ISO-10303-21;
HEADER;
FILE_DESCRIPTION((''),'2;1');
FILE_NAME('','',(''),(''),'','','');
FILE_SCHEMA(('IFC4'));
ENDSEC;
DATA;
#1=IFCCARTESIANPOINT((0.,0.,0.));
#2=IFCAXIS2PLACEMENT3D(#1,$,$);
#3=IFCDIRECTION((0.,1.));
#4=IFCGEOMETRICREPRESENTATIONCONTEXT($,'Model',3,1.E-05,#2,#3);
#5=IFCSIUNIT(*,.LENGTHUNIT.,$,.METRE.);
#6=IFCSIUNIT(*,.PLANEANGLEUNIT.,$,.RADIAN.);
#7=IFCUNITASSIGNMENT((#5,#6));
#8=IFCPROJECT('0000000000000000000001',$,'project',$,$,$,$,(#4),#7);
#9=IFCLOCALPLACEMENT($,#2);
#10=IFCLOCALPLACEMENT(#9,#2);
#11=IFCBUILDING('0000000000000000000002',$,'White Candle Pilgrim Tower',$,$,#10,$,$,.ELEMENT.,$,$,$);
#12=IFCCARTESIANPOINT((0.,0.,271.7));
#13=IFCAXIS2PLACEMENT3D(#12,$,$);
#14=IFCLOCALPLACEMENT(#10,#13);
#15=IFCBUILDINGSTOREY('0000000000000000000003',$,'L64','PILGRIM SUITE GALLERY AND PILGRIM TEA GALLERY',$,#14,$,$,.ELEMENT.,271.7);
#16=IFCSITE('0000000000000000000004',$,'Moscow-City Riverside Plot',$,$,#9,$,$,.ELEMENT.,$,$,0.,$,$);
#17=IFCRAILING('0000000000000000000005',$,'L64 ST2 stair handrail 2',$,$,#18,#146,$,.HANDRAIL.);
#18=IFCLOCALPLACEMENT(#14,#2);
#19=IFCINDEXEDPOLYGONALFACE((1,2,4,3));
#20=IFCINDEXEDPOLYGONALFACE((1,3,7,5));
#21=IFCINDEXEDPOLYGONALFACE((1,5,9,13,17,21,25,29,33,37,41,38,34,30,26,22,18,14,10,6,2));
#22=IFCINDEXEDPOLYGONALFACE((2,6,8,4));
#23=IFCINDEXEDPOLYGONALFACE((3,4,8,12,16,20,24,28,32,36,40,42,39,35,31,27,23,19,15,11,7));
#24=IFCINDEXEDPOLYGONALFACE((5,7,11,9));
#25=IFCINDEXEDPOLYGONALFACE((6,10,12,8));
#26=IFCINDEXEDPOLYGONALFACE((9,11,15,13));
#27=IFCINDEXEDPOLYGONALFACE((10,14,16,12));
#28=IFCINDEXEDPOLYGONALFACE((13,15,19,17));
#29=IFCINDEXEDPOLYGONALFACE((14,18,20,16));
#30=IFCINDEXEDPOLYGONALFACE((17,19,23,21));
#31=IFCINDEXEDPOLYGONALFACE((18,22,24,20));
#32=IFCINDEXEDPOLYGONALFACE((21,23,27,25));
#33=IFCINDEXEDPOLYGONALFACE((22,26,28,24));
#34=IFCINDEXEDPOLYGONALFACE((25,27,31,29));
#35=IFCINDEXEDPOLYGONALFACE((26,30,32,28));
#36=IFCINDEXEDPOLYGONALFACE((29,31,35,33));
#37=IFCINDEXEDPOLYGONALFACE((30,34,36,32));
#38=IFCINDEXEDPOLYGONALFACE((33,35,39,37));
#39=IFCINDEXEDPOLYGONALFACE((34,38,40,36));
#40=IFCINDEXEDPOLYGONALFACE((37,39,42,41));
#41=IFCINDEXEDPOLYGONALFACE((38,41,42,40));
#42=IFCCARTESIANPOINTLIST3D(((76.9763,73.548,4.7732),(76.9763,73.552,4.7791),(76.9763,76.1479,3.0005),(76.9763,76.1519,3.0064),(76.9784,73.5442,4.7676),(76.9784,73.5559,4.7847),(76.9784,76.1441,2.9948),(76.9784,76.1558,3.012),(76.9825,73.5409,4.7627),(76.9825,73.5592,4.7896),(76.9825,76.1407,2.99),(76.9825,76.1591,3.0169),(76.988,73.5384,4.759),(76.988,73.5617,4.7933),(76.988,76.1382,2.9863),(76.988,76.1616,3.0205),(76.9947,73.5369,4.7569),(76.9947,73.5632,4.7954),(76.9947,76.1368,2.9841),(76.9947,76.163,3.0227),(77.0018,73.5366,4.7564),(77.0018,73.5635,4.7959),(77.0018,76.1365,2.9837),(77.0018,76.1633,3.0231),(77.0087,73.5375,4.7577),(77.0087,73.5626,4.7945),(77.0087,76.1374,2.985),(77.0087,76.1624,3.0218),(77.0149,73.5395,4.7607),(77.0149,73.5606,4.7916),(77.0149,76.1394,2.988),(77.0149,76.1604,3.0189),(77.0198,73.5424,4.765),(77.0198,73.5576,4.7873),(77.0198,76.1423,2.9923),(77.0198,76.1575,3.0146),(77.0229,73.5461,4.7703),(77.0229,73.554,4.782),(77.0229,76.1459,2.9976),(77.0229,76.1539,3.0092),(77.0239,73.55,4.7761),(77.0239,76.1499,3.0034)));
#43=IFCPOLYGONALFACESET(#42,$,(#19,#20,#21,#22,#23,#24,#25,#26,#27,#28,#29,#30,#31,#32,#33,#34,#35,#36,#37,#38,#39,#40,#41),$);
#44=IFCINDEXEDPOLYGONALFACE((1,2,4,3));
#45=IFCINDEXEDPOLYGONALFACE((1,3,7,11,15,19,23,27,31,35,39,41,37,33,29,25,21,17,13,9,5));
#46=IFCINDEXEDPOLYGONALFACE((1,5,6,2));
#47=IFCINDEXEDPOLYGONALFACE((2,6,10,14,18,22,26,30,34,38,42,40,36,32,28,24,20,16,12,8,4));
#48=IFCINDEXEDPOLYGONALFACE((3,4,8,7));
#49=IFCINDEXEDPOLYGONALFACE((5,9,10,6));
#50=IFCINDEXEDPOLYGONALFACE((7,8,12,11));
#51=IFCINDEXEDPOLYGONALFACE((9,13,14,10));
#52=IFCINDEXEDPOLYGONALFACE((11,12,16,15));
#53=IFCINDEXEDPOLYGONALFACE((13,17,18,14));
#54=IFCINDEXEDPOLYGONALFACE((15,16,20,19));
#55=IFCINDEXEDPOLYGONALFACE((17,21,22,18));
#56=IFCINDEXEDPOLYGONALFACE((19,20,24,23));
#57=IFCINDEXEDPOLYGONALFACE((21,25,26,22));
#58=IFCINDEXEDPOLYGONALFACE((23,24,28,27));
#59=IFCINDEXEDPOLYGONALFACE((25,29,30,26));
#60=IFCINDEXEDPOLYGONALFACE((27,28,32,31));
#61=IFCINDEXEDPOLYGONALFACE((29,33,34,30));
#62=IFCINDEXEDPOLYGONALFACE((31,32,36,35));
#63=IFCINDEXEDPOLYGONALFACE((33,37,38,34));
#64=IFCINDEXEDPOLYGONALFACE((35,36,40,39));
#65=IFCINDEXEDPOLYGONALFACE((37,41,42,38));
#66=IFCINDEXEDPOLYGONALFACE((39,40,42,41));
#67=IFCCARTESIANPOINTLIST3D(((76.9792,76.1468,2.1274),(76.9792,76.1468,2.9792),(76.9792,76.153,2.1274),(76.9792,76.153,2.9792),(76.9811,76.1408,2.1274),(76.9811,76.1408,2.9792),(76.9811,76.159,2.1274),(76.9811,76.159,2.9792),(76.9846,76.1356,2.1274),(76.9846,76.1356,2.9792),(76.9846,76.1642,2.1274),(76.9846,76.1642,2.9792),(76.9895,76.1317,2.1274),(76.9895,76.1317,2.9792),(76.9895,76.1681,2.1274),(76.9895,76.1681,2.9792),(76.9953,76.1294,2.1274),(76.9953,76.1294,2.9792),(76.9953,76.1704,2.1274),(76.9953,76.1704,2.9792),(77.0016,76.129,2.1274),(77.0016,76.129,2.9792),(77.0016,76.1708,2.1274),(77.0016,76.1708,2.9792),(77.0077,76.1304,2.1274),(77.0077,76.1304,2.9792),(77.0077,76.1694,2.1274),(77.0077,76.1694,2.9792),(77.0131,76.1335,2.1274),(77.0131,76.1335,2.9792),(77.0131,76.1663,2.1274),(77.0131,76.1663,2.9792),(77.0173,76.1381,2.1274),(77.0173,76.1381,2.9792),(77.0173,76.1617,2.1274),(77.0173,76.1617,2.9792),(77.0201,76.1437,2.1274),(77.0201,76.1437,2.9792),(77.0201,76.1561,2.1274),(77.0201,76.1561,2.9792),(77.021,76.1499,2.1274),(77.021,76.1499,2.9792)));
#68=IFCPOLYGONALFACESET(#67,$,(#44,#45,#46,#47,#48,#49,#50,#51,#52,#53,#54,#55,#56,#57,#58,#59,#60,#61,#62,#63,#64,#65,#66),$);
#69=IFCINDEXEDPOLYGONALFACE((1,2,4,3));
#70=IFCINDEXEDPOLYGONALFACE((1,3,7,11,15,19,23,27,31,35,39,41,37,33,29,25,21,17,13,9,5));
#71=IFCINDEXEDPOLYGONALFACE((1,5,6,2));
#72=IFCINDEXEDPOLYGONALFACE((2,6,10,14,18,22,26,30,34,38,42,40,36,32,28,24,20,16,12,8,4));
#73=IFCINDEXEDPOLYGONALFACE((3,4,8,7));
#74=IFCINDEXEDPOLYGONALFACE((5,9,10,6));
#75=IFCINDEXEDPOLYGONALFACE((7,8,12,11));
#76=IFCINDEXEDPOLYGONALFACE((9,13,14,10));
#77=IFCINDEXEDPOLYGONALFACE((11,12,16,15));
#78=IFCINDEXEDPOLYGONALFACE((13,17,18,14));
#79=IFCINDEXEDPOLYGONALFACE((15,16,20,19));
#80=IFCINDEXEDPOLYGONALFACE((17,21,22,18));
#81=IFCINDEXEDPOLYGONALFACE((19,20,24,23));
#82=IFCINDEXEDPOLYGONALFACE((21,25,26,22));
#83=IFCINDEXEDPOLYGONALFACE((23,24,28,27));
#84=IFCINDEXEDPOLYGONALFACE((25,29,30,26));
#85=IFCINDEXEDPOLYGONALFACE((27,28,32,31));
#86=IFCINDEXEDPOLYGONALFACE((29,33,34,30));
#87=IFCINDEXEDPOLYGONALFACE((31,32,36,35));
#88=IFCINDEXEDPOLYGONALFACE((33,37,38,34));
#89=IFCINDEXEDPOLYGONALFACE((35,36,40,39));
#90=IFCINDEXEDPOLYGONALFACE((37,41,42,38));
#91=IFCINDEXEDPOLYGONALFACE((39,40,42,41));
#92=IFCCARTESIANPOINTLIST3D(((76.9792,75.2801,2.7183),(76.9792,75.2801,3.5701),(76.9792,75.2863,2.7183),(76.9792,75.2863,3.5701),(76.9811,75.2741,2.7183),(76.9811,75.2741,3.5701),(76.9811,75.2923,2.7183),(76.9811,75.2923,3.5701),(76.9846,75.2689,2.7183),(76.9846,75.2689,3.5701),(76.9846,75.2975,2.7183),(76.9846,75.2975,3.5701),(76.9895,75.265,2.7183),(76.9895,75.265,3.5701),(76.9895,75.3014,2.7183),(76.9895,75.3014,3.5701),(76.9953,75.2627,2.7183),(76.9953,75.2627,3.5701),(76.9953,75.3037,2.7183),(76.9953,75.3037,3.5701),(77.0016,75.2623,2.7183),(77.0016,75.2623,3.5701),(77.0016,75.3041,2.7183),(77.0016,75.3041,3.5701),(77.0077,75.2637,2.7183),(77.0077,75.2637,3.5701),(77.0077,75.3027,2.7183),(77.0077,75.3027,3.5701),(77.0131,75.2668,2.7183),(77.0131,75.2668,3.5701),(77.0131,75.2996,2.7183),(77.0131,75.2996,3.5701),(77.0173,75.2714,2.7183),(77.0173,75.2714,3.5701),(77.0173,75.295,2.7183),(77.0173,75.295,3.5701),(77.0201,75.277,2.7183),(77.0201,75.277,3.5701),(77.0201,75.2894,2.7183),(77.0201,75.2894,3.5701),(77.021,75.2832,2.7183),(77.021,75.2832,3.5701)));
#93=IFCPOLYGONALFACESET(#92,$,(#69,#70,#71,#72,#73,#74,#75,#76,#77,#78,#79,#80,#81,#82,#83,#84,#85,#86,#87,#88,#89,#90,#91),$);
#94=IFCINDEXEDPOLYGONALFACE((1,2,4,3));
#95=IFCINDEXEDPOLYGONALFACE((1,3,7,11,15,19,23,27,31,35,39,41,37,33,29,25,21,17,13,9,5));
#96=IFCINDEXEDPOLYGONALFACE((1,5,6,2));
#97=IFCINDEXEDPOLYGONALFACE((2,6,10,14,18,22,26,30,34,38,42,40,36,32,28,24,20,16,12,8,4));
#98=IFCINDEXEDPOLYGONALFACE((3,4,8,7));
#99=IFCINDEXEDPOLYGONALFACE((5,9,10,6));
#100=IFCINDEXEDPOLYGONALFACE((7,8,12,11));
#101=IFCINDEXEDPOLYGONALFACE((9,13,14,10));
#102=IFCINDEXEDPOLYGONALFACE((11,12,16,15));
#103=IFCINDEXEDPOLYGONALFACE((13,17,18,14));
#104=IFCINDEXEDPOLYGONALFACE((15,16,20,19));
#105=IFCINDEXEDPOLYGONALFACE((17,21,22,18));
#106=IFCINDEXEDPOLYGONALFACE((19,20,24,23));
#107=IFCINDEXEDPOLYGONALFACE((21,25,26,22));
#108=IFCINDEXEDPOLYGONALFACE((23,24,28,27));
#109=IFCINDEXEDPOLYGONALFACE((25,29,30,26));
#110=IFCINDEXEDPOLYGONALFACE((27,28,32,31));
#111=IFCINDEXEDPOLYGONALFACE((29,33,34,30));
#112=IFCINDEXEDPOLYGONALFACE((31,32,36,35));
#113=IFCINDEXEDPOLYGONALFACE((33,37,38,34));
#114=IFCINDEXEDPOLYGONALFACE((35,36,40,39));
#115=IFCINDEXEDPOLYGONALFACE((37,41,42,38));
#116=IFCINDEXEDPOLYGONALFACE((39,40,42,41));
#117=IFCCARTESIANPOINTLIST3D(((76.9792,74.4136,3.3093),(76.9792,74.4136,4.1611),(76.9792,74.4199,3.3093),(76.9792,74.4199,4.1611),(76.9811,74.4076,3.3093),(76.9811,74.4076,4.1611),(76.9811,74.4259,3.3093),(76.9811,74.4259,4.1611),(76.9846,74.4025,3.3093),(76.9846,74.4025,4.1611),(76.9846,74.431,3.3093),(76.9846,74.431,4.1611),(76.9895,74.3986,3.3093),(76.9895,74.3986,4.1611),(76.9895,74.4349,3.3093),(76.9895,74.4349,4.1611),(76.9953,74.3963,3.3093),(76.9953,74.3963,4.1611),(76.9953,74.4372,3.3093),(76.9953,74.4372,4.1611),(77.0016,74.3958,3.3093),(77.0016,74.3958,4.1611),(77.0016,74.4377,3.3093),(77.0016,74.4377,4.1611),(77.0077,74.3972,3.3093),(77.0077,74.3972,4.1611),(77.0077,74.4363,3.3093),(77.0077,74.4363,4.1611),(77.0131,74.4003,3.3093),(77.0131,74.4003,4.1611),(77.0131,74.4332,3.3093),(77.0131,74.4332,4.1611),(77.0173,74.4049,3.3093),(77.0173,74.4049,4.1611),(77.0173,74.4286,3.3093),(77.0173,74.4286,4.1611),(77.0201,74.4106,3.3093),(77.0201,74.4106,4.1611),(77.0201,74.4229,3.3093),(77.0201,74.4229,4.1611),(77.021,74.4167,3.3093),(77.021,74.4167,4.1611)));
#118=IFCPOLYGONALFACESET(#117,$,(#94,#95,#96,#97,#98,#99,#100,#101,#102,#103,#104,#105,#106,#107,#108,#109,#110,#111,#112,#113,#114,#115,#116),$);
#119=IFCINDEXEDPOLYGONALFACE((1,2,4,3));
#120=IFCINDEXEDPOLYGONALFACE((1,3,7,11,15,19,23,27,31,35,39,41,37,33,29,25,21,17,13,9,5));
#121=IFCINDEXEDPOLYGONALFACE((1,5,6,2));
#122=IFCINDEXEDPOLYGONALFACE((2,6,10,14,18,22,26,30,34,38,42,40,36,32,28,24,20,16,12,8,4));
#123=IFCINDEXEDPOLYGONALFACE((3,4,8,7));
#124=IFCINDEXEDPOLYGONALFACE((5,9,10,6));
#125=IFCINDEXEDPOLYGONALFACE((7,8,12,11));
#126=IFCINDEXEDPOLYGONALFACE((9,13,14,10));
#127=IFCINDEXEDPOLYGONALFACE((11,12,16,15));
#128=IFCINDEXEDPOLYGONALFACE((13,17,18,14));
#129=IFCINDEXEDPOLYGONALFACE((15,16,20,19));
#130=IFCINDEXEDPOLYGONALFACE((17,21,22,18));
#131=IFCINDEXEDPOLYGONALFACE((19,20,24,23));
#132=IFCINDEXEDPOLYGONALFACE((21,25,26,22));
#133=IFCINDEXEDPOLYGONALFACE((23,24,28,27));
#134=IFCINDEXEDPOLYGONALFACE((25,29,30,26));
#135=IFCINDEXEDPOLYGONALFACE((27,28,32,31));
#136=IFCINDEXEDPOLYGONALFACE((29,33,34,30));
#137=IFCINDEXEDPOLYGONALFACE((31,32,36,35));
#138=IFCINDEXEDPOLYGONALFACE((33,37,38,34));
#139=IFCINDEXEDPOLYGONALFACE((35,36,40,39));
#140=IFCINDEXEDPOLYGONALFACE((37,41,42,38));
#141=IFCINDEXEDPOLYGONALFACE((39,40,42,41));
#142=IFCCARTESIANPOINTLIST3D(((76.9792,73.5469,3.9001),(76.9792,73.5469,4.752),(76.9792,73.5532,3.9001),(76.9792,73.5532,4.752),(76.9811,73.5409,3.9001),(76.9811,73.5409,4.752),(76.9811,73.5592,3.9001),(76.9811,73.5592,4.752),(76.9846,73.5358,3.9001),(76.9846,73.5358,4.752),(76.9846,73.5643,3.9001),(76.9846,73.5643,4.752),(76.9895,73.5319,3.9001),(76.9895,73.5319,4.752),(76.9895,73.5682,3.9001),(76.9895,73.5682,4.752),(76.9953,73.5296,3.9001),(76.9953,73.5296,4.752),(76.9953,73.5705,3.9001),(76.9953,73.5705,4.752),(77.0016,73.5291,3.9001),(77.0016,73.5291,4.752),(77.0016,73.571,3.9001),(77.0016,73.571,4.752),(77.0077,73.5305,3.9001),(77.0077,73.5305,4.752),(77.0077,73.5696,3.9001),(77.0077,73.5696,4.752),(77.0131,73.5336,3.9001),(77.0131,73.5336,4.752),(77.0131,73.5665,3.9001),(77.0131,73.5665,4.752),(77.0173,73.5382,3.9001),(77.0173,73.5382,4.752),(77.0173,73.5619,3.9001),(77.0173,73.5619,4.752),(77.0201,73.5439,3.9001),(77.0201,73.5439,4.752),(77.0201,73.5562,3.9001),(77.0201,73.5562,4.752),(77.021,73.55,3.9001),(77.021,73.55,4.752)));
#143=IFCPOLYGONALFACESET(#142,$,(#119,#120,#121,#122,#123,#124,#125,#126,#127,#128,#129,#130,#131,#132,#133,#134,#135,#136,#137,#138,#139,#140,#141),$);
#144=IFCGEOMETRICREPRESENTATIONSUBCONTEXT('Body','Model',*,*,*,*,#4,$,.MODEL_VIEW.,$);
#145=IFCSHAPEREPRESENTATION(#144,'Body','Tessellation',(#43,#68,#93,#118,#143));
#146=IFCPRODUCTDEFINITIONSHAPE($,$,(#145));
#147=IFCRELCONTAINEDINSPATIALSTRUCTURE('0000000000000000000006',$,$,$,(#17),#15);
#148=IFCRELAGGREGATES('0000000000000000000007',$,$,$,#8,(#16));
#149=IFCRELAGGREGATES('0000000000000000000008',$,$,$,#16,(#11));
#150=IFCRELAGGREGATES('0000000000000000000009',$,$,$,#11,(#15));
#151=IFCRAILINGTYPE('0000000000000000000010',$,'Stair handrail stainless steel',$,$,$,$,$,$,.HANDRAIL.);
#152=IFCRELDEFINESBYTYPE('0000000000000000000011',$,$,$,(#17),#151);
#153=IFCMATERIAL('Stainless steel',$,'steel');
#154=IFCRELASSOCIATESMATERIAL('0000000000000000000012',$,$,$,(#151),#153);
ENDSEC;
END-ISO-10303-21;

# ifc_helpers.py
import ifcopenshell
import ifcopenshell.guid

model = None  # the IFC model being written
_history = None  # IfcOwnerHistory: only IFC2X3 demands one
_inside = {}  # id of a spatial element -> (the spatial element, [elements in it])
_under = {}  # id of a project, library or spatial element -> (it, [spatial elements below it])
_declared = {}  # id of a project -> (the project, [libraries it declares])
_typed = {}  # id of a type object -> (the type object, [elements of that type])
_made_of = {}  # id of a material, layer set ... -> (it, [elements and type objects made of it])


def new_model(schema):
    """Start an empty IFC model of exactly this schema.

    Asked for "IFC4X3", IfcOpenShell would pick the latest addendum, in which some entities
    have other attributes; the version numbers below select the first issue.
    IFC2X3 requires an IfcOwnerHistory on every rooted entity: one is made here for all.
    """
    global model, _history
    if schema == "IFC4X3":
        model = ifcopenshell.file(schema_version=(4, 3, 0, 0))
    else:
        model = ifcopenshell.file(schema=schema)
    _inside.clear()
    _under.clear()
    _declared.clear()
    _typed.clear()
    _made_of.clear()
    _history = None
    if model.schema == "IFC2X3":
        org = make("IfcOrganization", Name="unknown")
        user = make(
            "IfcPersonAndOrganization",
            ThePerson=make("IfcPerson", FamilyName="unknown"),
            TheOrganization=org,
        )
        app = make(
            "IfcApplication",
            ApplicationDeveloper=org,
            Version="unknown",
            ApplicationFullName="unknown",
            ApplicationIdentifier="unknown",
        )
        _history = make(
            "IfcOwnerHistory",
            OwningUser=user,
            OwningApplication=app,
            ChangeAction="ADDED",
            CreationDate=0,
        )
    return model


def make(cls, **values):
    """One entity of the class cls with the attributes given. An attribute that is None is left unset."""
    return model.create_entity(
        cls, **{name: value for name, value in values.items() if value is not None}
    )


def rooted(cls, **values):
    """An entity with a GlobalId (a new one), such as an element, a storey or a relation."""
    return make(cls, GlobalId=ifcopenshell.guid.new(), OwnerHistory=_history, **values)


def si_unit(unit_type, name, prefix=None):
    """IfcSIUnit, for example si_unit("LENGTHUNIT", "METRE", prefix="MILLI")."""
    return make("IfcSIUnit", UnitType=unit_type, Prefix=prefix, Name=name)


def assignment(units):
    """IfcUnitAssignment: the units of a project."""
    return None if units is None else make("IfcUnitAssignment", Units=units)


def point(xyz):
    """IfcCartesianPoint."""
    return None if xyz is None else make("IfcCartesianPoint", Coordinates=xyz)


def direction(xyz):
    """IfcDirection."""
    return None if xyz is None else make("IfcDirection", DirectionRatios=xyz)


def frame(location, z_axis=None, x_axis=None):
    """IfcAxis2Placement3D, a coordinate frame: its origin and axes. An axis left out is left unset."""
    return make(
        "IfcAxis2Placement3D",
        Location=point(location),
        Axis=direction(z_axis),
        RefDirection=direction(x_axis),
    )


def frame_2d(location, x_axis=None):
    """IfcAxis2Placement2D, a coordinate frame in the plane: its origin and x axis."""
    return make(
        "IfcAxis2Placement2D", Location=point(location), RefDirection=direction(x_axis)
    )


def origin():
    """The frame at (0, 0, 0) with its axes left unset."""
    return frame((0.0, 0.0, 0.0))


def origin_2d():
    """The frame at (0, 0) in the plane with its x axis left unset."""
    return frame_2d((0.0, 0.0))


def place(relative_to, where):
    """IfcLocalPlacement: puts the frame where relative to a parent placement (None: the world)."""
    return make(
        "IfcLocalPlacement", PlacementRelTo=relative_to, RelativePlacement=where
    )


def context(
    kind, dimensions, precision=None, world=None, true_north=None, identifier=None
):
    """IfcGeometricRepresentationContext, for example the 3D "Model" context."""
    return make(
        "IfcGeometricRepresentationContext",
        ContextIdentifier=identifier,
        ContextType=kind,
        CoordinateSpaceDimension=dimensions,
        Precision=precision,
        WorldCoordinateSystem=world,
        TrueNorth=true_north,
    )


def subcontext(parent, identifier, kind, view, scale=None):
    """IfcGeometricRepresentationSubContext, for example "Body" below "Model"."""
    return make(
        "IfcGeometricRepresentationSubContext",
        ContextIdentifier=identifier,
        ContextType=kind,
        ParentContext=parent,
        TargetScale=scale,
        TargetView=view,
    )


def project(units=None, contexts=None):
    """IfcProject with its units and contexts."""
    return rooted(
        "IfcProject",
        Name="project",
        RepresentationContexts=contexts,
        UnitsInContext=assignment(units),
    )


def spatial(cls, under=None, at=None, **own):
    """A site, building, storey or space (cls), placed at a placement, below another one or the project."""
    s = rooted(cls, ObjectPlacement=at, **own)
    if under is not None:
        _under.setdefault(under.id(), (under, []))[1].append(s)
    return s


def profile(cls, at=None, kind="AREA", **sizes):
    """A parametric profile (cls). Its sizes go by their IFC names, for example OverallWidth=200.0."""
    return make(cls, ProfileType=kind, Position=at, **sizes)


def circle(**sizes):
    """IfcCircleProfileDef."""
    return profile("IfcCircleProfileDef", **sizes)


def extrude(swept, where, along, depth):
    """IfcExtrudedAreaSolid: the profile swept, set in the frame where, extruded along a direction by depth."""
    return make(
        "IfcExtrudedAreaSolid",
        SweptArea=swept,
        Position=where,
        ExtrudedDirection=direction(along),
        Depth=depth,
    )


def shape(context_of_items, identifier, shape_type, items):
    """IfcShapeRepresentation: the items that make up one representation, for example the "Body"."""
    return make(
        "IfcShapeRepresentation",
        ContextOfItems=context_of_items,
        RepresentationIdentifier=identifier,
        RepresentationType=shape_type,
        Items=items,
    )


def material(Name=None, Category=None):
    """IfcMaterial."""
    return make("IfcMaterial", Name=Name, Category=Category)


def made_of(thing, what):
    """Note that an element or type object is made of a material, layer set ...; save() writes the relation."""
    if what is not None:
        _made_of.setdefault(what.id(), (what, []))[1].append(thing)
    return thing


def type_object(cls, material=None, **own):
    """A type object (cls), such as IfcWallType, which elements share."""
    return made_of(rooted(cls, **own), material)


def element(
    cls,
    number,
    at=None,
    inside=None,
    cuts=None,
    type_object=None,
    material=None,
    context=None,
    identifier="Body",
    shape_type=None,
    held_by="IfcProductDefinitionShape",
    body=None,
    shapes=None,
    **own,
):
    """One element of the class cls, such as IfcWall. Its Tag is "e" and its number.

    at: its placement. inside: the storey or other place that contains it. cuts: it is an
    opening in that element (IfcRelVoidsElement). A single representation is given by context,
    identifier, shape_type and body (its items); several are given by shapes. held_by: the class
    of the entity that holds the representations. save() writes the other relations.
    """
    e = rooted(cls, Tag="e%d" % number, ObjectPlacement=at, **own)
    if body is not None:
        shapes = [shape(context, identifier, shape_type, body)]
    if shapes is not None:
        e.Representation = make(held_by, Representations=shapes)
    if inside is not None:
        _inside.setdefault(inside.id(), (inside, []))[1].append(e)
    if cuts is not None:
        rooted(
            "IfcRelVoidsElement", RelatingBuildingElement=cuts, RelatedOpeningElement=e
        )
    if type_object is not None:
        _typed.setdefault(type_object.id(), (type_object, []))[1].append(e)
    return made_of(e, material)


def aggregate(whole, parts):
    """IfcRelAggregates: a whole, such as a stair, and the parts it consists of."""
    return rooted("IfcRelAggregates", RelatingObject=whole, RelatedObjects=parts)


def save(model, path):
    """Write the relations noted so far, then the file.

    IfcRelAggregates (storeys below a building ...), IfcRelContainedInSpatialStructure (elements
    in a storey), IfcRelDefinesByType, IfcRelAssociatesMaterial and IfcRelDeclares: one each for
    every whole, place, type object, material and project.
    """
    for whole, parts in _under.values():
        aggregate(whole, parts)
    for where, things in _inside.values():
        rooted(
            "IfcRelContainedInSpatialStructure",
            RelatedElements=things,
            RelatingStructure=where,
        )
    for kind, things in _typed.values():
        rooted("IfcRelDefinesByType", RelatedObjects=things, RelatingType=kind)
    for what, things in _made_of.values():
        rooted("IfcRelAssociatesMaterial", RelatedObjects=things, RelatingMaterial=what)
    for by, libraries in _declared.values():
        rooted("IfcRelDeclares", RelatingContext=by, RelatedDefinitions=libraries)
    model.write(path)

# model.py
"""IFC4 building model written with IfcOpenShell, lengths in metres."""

from ifc_helpers import new_model, si_unit, direction, frame, origin, origin_2d, place, context, subcontext, project, spatial, circle, extrude, material, type_object, element, save


model = new_model("IFC4")

# Units and contexts
model_context = context("Model", 3, precision=1e-05, world=origin(), true_north=direction((0.0, 1.0)))
body_context = subcontext(model_context, "Body", "Model", "MODEL_VIEW")
ifc_project = project(units=[si_unit("LENGTHUNIT", "METRE"), si_unit("PLANEANGLEUNIT", "RADIAN")], contexts=[model_context])

# Site, building, storey
site_placement = place(None, origin())
site = spatial("IfcSite", under=ifc_project, at=site_placement, Name="Moscow-City Riverside Plot", CompositionType="ELEMENT", RefElevation=0.0)
building_placement = place(site_placement, origin())
building = spatial("IfcBuilding", under=site, at=building_placement, Name="White Candle Pilgrim Tower", CompositionType="ELEMENT")
storey_placement = place(building_placement, frame((0.0, 0.0, 271.7)))
storey = spatial("IfcBuildingStorey", under=building, at=storey_placement, Name="L64", Description="PILGRIM SUITE GALLERY AND PILGRIM TEA GALLERY", CompositionType="ELEMENT", Elevation=271.7)

# Railing
ifc_material_1 = material(Name="Stainless steel", Category="steel")
railing_type_1 = type_object("IfcRailingType", Name="Stair handrail stainless steel", PredefinedType="HANDRAIL", material=ifc_material_1)
railing_1_placement = place(storey_placement, frame((77.0, 76.1499, 2.1274)))
element("IfcRailing", 1, at=railing_1_placement, inside=storey, type_object=railing_type_1, Name="L64 ST2 stair handrail 2", PredefinedType="HANDRAIL", context=body_context, shape_type="SweptSolid", body=[
    extrude(circle(Radius=0.0239, at=origin_2d()), frame((0.0, 0.0, 0.876), z_axis=(0.0, -0.826216, 0.563354), x_axis=(1.0, 0.0, 0.0)), (0.0, 0.0, 1.0), 3.1467),
    extrude(circle(Radius=0.021, at=origin_2d()), origin(), (0.0, 0.0, 1.0), 0.8518),
    extrude(circle(Radius=0.021, at=origin_2d()), frame((0.0, -0.8667, 0.5908)), (0.0, 0.0, 1.0), 0.8518),
    extrude(circle(Radius=0.021, at=origin_2d()), frame((0.0, -1.7332, 1.1819)), (0.0, 0.0, 1.0), 0.8518),
    extrude(circle(Radius=0.021, at=origin_2d()), frame((0.0, -2.5999, 1.7727)), (0.0, 0.0, 1.0), 0.8518),
])

save(model, "model.ifc")
